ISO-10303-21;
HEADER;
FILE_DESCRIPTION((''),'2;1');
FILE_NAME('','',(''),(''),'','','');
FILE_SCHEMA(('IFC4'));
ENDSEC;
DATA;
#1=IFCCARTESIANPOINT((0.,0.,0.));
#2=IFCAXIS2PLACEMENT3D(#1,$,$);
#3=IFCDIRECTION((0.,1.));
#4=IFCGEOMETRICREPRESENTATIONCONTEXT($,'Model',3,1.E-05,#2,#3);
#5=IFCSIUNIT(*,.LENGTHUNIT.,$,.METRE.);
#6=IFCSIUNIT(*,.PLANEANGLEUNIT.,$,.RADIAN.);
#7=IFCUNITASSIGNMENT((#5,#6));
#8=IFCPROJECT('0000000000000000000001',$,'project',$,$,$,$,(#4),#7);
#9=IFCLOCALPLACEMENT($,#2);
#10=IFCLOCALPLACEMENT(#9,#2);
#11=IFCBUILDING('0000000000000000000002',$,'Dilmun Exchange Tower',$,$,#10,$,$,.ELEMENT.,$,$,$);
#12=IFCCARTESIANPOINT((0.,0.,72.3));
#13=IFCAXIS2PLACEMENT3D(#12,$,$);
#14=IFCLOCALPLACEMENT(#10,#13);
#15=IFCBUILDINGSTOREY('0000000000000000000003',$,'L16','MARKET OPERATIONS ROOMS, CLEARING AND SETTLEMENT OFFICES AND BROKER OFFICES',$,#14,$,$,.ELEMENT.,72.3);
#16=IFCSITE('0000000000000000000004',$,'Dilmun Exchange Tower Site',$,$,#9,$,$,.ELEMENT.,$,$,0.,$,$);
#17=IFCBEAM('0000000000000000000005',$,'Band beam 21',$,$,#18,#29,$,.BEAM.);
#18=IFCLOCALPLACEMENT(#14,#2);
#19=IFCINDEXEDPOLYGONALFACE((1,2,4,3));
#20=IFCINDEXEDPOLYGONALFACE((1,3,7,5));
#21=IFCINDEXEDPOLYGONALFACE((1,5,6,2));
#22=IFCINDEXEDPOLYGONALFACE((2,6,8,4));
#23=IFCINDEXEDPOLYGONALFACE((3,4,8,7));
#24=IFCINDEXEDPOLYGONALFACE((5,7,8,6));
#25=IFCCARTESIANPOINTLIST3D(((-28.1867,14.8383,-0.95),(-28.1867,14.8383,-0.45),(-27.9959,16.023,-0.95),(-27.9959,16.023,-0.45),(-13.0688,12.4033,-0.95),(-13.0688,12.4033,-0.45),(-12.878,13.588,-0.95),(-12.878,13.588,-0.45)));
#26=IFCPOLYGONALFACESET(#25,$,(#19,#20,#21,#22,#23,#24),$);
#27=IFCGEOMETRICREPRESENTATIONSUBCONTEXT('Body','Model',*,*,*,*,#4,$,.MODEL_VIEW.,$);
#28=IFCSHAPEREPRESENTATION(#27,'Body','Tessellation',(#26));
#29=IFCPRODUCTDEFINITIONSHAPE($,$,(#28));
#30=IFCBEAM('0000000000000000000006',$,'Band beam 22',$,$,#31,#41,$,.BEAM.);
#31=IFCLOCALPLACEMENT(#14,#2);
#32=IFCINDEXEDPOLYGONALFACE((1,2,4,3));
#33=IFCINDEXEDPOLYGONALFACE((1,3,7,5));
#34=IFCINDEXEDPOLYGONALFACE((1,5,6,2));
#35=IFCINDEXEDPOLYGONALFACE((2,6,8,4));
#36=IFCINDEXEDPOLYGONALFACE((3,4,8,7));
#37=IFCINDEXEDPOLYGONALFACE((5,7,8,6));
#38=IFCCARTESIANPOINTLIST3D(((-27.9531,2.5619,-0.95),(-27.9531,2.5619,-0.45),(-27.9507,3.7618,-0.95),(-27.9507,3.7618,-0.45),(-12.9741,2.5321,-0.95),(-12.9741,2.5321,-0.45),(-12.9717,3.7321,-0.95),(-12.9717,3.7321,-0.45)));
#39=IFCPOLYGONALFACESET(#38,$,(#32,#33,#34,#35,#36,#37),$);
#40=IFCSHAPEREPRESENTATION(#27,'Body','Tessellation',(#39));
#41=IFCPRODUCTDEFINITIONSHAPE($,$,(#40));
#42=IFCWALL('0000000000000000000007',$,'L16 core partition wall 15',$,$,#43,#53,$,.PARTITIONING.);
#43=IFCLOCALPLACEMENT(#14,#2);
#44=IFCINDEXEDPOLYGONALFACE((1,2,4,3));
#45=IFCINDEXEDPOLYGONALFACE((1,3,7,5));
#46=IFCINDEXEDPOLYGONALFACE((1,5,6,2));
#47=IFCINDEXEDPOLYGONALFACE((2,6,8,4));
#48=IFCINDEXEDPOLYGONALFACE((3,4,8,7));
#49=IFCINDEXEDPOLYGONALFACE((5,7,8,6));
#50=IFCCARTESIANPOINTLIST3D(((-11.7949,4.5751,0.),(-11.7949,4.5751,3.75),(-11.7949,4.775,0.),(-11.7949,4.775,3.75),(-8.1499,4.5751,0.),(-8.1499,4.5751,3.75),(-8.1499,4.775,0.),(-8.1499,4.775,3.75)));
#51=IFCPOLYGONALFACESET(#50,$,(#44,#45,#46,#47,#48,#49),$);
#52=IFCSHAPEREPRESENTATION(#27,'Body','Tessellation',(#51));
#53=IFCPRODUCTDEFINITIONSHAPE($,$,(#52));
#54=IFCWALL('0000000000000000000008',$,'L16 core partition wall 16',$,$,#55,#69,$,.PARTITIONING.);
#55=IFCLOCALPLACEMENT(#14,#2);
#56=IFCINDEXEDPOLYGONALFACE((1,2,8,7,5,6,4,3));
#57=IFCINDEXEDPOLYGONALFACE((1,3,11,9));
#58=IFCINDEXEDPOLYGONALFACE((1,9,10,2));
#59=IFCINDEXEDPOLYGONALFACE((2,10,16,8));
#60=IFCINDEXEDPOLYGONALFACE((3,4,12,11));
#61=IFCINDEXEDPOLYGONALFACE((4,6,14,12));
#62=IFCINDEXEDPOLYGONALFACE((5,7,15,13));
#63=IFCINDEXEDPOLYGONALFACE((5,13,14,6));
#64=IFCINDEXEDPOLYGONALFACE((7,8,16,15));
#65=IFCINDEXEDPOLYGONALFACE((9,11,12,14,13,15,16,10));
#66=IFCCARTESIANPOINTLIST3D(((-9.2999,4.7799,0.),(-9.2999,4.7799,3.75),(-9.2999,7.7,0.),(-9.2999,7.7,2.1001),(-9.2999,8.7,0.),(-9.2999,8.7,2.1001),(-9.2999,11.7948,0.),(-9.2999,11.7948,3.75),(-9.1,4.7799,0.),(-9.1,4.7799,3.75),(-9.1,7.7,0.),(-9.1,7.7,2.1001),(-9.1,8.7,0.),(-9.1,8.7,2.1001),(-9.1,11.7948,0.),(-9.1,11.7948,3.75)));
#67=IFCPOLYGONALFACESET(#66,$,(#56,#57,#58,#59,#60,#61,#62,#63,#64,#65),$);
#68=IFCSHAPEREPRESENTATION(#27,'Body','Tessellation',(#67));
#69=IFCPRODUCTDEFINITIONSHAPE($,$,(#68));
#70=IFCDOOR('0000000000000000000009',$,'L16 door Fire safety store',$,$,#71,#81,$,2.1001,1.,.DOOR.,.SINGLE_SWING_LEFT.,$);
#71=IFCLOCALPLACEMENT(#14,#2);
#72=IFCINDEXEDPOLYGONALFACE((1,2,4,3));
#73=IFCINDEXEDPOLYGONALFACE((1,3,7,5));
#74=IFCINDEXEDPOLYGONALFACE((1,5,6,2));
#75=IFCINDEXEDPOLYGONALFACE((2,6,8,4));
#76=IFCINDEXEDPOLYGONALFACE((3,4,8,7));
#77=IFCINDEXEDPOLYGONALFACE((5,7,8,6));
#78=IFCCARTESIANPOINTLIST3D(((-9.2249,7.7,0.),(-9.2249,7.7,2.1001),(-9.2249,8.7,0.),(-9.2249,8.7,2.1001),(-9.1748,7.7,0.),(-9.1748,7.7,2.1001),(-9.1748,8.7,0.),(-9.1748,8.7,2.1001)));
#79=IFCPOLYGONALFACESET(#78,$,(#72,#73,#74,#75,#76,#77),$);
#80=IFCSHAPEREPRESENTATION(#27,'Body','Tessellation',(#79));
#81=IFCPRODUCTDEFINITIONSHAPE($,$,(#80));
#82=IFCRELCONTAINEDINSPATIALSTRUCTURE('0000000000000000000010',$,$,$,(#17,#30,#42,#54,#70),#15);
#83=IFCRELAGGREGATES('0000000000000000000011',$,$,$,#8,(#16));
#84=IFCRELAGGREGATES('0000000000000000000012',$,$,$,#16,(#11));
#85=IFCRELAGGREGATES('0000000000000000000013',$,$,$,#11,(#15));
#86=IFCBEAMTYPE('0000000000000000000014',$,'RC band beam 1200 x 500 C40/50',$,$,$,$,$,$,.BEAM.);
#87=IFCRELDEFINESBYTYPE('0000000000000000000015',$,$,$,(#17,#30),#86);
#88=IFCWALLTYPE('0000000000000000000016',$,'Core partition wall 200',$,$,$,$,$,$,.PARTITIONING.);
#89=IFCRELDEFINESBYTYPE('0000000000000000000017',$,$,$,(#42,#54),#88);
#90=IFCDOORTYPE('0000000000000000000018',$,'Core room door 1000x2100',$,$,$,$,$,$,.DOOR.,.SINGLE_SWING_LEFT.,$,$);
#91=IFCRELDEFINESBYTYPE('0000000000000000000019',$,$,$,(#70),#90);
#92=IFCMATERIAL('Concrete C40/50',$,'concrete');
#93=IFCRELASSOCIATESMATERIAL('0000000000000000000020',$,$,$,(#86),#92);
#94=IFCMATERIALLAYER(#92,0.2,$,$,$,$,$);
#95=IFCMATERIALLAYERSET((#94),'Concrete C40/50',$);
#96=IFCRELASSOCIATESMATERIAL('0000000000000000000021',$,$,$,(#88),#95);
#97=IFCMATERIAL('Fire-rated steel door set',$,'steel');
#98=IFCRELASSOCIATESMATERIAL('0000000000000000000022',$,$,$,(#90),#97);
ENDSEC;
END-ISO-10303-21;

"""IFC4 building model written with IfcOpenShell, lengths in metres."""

from ifc_helpers import new_model, si_unit, direction, frame, frame_2d, origin, origin_2d, place, context, subcontext, project, spatial, rectangle, extrude, material, layer, layer_set, material_profile, profile_set, type_object, element, fill, save


model = new_model("IFC4")

# Units and contexts
model_context = context("Model", 3, precision=1e-05, world=origin(), true_north=direction((0.0, 1.0)))
body_context = subcontext(model_context, "Body", "Model", "MODEL_VIEW")
ifc_project = project(units=[si_unit("LENGTHUNIT", "METRE"), si_unit("PLANEANGLEUNIT", "RADIAN")], contexts=[model_context])

# Site, building, storey
site_placement = place(None, origin())
site = spatial("IfcSite", under=ifc_project, at=site_placement, Name="Dilmun Exchange Tower Site", CompositionType="ELEMENT", RefElevation=0.0)
building_placement = place(site_placement, origin())
building = spatial("IfcBuilding", under=site, at=building_placement, Name="Dilmun Exchange Tower", CompositionType="ELEMENT")
storey_placement = place(building_placement, frame((0.0, 0.0, 72.3)))
storey = spatial("IfcBuildingStorey", under=building, at=storey_placement, Name="L16", Description="MARKET OPERATIONS ROOMS, CLEARING AND SETTLEMENT OFFICES AND BROKER OFFICES", CompositionType="ELEMENT", Elevation=72.3)

# Beams
ifc_material_1 = material(Name="Concrete C40/50", Category="concrete")
ifc_material_profile = material_profile(ifc_material_1, rectangle(XDim=1.2, YDim=0.5, at=origin_2d()), Name="1200 x 500")
ifc_profile_set = profile_set([ifc_material_profile], Name="Concrete C40/50")
beam_type = type_object("IfcBeamType", Name="RC band beam 1200 x 500 C40/50", PredefinedType="BEAM", material=ifc_profile_set)
beam_1_placement = place(storey_placement, frame((-28.0913, 15.4307, -0.7), z_axis=(0.987275, -0.159021, 0.0), x_axis=(0.159021, 0.987275, 0.0)))
element("IfcBeam", 1, at=beam_1_placement, inside=storey, type_object=beam_type, Name="Band beam 21", PredefinedType="BEAM", context=body_context, shape_type="SweptSolid", body=[
    extrude(rectangle(XDim=1.2, YDim=0.5, at=origin_2d()), origin(), (0.0, 0.0, 1.0), 15.3127),
])
beam_2_placement = place(storey_placement, frame((-27.9519, 3.1619, -0.7), z_axis=(0.999998, -0.001988, 0.0), x_axis=(0.001988, 0.999998, 0.0)))
element("IfcBeam", 2, at=beam_2_placement, inside=storey, type_object=beam_type, Name="Band beam 22", PredefinedType="BEAM", context=body_context, shape_type="SweptSolid", body=[
    extrude(rectangle(XDim=1.2, YDim=0.5, at=origin_2d()), origin(), (0.0, 0.0, 1.0), 14.979),
])

# Wall
ifc_layer_1 = layer(ifc_material_1, 0.2)
ifc_layer_set_1 = layer_set([ifc_layer_1], Name="Concrete C40/50")
wall_type_1 = type_object("IfcWallType", Name="Core partition wall 200", PredefinedType="PARTITIONING", material=ifc_layer_set_1)
wall_1_placement = place(storey_placement, frame((-11.7949, 4.675, 0.0), z_axis=(0.0, 0.0, 1.0), x_axis=(1.0, 0.0, 0.0)))
element("IfcWall", 3, at=wall_1_placement, inside=storey, type_object=wall_type_1, Name="L16 core partition wall 15", PredefinedType="PARTITIONING", context=body_context, shape_type="SweptSolid", body=[
    extrude(rectangle(XDim=3.645, YDim=0.2, at=frame_2d((1.8225, 0.0))), origin(), (0.0, 0.0, 1.0), 3.75),
])

# Wall, opening, door
wall_2_placement = place(storey_placement, frame((-9.2, 4.78, 0.0), z_axis=(0.0, 0.0, 1.0), x_axis=(0.0, 1.0, 0.0)))
wall_2 = element("IfcWall", 4, at=wall_2_placement, inside=storey, type_object=wall_type_1, Name="L16 core partition wall 16", PredefinedType="PARTITIONING", context=body_context, shape_type="SweptSolid", body=[
    extrude(rectangle(XDim=7.0149, YDim=0.2, at=frame_2d((3.5073, 0.0))), origin(), (0.0, 0.0, 1.0), 3.75),
])
opening_1_placement = place(wall_2_placement, frame((2.9199, 0.0, 0.0)))
opening_1 = element("IfcOpeningElement", 5, at=opening_1_placement, cuts=wall_2, PredefinedType="OPENING", context=body_context, shape_type="SweptSolid", body=[
    extrude(rectangle(XDim=1.0, YDim=2.1001, at=frame_2d((0.5, 1.05))), frame((0.0, 0.1099, 0.0), z_axis=(0.0, -1.0, 0.0), x_axis=(1.0, 0.0, 0.0)), (0.0, 0.0, 1.0), 0.22),
])
ifc_material_2 = material(Name="Fire-rated steel door set", Category="steel")
door_type_1 = type_object("IfcDoorType", Name="Core room door 1000x2100", OperationType="SINGLE_SWING_LEFT", PredefinedType="DOOR", material=ifc_material_2)
door_1_placement = place(opening_1_placement, origin())
door_1 = element("IfcDoor", 6, at=door_1_placement, inside=storey, type_object=door_type_1, Name="L16 door Fire safety store", OperationType="SINGLE_SWING_LEFT", OverallHeight=2.1001, OverallWidth=1.0, PredefinedType="DOOR", context=body_context, shape_type="SweptSolid", body=[
    extrude(rectangle(XDim=1.0, YDim=2.1001, at=frame_2d((0.5, 1.05))), frame((0.0, 0.0249, 0.0), z_axis=(0.0, -1.0, 0.0), x_axis=(1.0, 0.0, 0.0)), (0.0, 0.0, 1.0), 0.05),
])
fill(opening_1, door_1)

save(model, "model.ifc")
